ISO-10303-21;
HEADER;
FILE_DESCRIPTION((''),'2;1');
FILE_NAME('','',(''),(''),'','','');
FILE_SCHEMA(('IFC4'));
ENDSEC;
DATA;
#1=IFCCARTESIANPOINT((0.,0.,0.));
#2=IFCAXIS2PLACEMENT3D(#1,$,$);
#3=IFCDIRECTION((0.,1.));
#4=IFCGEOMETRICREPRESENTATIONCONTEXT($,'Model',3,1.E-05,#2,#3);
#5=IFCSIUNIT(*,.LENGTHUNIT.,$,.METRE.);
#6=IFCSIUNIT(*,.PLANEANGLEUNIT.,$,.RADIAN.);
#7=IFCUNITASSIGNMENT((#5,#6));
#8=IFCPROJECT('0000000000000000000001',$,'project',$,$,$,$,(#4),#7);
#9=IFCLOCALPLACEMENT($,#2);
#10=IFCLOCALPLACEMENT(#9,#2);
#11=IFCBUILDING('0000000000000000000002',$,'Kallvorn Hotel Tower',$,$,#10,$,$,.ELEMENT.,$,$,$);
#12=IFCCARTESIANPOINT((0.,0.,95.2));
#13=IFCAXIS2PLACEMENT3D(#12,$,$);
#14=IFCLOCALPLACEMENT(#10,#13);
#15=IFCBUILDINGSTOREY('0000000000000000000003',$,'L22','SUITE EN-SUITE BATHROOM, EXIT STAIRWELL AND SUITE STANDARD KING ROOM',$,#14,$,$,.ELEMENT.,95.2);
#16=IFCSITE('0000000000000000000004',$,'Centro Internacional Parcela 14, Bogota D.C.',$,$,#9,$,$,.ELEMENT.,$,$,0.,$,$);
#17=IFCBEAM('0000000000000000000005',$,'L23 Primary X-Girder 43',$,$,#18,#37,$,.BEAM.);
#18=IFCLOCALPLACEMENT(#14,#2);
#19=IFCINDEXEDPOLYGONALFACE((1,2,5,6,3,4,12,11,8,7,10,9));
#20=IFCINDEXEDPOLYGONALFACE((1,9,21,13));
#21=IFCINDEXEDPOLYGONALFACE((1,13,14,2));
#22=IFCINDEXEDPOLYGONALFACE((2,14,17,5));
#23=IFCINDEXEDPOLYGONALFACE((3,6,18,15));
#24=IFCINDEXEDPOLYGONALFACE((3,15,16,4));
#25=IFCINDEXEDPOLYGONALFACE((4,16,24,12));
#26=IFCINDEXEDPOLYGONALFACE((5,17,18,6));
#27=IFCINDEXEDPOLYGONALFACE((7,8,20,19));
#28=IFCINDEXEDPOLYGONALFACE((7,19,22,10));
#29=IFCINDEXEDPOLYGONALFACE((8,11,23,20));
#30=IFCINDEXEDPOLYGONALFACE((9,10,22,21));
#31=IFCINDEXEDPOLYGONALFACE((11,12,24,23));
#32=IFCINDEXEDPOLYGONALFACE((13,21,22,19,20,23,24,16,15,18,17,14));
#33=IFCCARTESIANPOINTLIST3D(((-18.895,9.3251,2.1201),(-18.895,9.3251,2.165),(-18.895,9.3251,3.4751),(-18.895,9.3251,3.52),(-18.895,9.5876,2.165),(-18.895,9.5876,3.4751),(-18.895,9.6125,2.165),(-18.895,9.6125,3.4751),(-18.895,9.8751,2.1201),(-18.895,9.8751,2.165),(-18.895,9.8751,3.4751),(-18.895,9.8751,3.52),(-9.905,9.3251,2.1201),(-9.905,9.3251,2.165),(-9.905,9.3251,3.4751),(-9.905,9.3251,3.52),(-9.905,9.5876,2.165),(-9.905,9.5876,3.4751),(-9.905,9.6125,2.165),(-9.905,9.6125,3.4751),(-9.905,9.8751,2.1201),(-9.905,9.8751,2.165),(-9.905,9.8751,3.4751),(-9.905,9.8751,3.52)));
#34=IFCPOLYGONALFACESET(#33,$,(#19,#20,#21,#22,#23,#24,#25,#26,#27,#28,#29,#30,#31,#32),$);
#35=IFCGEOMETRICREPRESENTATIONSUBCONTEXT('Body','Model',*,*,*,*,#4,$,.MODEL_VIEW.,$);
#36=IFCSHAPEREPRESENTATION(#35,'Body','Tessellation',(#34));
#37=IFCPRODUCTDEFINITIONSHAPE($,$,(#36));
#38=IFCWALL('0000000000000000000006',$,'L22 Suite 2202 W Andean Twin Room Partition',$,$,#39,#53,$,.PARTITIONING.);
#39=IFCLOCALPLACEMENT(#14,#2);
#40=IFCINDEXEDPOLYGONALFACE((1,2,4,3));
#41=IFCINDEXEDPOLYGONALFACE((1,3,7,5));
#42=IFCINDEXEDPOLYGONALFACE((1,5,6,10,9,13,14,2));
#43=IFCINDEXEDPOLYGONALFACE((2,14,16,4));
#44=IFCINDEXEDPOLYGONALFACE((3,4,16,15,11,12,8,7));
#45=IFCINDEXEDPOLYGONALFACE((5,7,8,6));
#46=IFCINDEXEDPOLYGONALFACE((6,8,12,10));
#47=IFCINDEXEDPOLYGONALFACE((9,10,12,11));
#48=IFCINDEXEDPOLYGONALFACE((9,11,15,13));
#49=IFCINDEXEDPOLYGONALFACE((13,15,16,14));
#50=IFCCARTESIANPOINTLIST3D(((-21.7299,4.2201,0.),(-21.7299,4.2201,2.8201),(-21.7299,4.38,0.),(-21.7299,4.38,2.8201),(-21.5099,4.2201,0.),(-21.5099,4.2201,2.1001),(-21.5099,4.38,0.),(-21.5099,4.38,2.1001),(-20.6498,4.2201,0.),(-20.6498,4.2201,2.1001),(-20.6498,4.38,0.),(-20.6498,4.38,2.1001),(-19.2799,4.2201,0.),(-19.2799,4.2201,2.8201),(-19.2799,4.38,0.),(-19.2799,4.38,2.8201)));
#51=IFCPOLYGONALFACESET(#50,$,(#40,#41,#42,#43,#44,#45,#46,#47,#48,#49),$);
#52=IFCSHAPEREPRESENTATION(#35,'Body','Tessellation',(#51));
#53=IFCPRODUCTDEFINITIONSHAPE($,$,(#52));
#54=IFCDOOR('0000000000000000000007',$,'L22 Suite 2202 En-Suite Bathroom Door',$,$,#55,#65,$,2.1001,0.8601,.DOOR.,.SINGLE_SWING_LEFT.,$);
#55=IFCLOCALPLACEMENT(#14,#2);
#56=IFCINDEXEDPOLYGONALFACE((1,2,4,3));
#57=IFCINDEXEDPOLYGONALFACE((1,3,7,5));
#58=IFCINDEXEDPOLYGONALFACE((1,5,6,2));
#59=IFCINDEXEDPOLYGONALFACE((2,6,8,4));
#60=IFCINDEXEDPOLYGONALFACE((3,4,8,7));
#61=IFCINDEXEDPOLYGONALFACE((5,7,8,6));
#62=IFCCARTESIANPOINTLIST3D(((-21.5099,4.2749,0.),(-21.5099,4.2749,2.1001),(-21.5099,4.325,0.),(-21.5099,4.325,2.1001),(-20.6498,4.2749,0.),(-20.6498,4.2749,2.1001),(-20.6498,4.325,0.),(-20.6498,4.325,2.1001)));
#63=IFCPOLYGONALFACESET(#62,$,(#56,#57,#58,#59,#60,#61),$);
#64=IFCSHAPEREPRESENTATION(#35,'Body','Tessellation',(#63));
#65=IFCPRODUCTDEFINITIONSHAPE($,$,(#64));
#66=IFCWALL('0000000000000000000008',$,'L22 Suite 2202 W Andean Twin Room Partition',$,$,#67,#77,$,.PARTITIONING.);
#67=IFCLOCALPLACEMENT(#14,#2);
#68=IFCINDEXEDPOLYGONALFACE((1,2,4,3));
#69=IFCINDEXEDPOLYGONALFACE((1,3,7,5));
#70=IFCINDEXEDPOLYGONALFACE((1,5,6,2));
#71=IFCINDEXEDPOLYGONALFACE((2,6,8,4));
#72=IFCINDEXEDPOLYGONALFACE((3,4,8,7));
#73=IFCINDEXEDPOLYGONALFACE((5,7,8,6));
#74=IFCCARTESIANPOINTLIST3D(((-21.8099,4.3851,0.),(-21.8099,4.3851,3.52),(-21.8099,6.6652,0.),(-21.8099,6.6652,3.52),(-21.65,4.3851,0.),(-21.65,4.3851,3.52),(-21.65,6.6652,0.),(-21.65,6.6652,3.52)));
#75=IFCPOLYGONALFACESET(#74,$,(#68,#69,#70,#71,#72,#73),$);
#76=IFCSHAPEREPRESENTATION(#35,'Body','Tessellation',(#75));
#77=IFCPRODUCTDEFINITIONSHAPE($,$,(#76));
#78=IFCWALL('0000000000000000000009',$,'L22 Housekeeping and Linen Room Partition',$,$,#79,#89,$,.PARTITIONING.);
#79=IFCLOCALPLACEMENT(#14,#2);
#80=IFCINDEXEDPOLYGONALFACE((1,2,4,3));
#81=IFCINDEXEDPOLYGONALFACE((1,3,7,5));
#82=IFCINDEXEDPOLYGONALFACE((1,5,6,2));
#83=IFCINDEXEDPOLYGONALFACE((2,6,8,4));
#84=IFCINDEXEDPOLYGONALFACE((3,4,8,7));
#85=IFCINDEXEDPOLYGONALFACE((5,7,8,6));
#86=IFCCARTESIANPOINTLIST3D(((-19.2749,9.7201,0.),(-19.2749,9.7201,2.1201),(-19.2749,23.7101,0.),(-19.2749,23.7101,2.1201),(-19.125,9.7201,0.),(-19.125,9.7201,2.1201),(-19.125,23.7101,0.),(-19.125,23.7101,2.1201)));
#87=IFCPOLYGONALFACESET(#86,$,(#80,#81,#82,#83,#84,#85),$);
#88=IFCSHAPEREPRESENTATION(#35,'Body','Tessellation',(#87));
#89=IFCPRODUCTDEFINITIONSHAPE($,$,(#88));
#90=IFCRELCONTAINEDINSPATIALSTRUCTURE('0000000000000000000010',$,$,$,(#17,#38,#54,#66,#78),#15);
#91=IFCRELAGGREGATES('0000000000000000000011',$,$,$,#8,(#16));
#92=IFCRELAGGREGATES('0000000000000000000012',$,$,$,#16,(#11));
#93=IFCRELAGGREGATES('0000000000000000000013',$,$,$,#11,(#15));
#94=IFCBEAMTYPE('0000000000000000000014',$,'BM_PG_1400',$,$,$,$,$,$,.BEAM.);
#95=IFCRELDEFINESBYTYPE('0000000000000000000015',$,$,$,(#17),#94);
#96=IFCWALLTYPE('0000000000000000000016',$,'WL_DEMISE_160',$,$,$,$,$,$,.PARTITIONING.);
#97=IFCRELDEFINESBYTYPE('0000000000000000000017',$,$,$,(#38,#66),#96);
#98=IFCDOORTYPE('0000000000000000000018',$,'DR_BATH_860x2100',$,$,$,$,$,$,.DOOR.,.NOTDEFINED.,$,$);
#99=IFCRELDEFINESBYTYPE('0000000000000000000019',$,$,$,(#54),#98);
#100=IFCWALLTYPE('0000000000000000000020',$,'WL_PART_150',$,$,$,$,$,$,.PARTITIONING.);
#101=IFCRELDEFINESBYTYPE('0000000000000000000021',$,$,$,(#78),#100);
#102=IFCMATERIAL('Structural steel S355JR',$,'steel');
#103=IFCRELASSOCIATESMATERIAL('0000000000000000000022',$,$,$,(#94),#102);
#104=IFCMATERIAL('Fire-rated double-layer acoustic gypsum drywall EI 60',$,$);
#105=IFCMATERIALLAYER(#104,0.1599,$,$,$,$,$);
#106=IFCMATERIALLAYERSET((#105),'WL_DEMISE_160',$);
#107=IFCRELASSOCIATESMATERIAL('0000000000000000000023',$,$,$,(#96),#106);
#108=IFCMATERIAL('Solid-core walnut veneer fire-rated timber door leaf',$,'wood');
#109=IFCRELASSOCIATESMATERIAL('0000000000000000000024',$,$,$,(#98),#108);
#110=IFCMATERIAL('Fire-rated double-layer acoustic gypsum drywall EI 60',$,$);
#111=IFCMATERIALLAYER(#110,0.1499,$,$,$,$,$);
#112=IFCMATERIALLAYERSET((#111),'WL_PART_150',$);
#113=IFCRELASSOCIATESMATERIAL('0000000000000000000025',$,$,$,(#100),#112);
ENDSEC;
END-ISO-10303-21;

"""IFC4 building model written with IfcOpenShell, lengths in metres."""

from ifc_helpers import new_model, si_unit, direction, frame, frame_2d, origin, origin_2d, place, context, subcontext, project, spatial, rectangle, i_section, extrude, material, layer, layer_set, material_profile, profile_set, type_object, element, fill, save


model = new_model("IFC4")

# Units and contexts
model_context = context("Model", 3, precision=1e-05, world=origin(), true_north=direction((0.0, 1.0)))
body_context = subcontext(model_context, "Body", "Model", "MODEL_VIEW")
ifc_project = project(units=[si_unit("LENGTHUNIT", "METRE"), si_unit("PLANEANGLEUNIT", "RADIAN")], contexts=[model_context])

# Site, building, storey
site_placement = place(None, origin())
site = spatial("IfcSite", under=ifc_project, at=site_placement, Name="Centro Internacional Parcela 14, Bogota D.C.", CompositionType="ELEMENT", RefElevation=0.0)
building_placement = place(site_placement, origin())
building = spatial("IfcBuilding", under=site, at=building_placement, Name="Kallvorn Hotel Tower", CompositionType="ELEMENT")
storey_placement = place(building_placement, frame((0.0, 0.0, 95.2)))
storey = spatial("IfcBuildingStorey", under=building, at=storey_placement, Name="L22", Description="SUITE EN-SUITE BATHROOM, EXIT STAIRWELL AND SUITE STANDARD KING ROOM", CompositionType="ELEMENT", Elevation=95.2)

# Beam
ifc_material_1 = material(Name="Structural steel S355JR", Category="steel")
ifc_material_profile_1 = material_profile(ifc_material_1, i_section(OverallWidth=0.55, OverallDepth=1.3999, WebThickness=0.0249, FlangeThickness=0.0449, at=origin_2d()), Name="PG 1400x550x25x45")
ifc_profile_set_1 = profile_set([ifc_material_profile_1], Name="Structural steel S355JR")
beam_type_1 = type_object("IfcBeamType", Name="BM_PG_1400", PredefinedType="BEAM", material=ifc_profile_set_1)
beam_1_placement = place(storey_placement, frame((-18.895, 9.6001, 2.8201), z_axis=(1.0, 0.0, 0.0), x_axis=(0.0, 1.0, 0.0)))
element("IfcBeam", 1, at=beam_1_placement, inside=storey, type_object=beam_type_1, Name="L23 Primary X-Girder 43", PredefinedType="BEAM", context=body_context, shape_type="SweptSolid", body=[
    extrude(i_section(OverallWidth=0.55, OverallDepth=1.3999, WebThickness=0.0249, FlangeThickness=0.0449, at=origin_2d()), origin(), (0.0, 0.0, 1.0), 8.99),
])

# Wall, opening, door
ifc_material_2 = material(Name="Fire-rated double-layer acoustic gypsum drywall EI 60")
ifc_layer_1 = layer(ifc_material_2, 0.1599)
ifc_layer_set_1 = layer_set([ifc_layer_1], Name="WL_DEMISE_160")
wall_type_1 = type_object("IfcWallType", Name="WL_DEMISE_160", PredefinedType="PARTITIONING", material=ifc_layer_set_1)
wall_1_placement = place(storey_placement, frame((-21.73, 4.3, 0.0), z_axis=(0.0, 0.0, 1.0), x_axis=(1.0, 0.0, 0.0)))
wall_1 = element("IfcWall", 2, at=wall_1_placement, inside=storey, type_object=wall_type_1, Name="L22 Suite 2202 W Andean Twin Room Partition", PredefinedType="PARTITIONING", context=body_context, shape_type="SweptSolid", body=[
    extrude(rectangle(XDim=2.45, YDim=0.1599, at=frame_2d((1.2251, 0.0))), origin(), (0.0, 0.0, 1.0), 2.8201),
])
opening_placement = place(wall_1_placement, frame((0.22, 0.0, 0.0)))
opening = element("IfcOpeningElement", 3, at=opening_placement, cuts=wall_1, PredefinedType="OPENING", context=body_context, shape_type="SweptSolid", body=[
    extrude(rectangle(XDim=0.8601, YDim=2.1001, at=frame_2d((0.4302, 1.05))), frame((0.0, 0.095, 0.0), z_axis=(0.0, -1.0, 0.0), x_axis=(1.0, 0.0, 0.0)), (0.0, 0.0, 1.0), 0.1899),
])
ifc_material_3 = material(Name="Solid-core walnut veneer fire-rated timber door leaf", Category="wood")
door_type = type_object("IfcDoorType", Name="DR_BATH_860x2100", OperationType="NOTDEFINED", PredefinedType="DOOR", material=ifc_material_3)
door_placement = place(opening_placement, origin())
door = element("IfcDoor", 4, at=door_placement, inside=storey, type_object=door_type, Name="L22 Suite 2202 En-Suite Bathroom Door", OperationType="SINGLE_SWING_LEFT", OverallHeight=2.1001, OverallWidth=0.8601, PredefinedType="DOOR", context=body_context, shape_type="SweptSolid", body=[
    extrude(rectangle(XDim=0.8601, YDim=2.1001, at=frame_2d((0.4302, 1.05))), frame((0.0, 0.0249, 0.0), z_axis=(0.0, -1.0, 0.0), x_axis=(1.0, 0.0, 0.0)), (0.0, 0.0, 1.0), 0.05),
])
fill(opening, door)

# Walls
wall_2_placement = place(storey_placement, frame((-21.73, 4.385, 0.0), z_axis=(0.0, 0.0, 1.0), x_axis=(0.0, 1.0, 0.0)))
element("IfcWall", 5, at=wall_2_placement, inside=storey, type_object=wall_type_1, Name="L22 Suite 2202 W Andean Twin Room Partition", PredefinedType="PARTITIONING", context=body_context, shape_type="SweptSolid", body=[
    extrude(rectangle(XDim=2.28, YDim=0.1599, at=frame_2d((1.1401, 0.0))), origin(), (0.0, 0.0, 1.0), 3.52),
])
ifc_material_4 = material(Name="Fire-rated double-layer acoustic gypsum drywall EI 60")
ifc_layer_2 = layer(ifc_material_4, 0.1499)
ifc_layer_set_2 = layer_set([ifc_layer_2], Name="WL_PART_150")
wall_type_2 = type_object("IfcWallType", Name="WL_PART_150", PredefinedType="PARTITIONING", material=ifc_layer_set_2)
wall_3_placement = place(storey_placement, frame((-19.2, 9.72, 0.0), z_axis=(0.0, 0.0, 1.0), x_axis=(0.0, 1.0, 0.0)))
element("IfcWall", 6, at=wall_3_placement, inside=storey, type_object=wall_type_2, Name="L22 Housekeeping and Linen Room Partition", PredefinedType="PARTITIONING", context=body_context, shape_type="SweptSolid", body=[
    extrude(rectangle(XDim=13.99, YDim=0.1499, at=frame_2d((6.9951, 0.0))), origin(), (0.0, 0.0, 1.0), 2.1201),
])

save(model, "model.ifc")
